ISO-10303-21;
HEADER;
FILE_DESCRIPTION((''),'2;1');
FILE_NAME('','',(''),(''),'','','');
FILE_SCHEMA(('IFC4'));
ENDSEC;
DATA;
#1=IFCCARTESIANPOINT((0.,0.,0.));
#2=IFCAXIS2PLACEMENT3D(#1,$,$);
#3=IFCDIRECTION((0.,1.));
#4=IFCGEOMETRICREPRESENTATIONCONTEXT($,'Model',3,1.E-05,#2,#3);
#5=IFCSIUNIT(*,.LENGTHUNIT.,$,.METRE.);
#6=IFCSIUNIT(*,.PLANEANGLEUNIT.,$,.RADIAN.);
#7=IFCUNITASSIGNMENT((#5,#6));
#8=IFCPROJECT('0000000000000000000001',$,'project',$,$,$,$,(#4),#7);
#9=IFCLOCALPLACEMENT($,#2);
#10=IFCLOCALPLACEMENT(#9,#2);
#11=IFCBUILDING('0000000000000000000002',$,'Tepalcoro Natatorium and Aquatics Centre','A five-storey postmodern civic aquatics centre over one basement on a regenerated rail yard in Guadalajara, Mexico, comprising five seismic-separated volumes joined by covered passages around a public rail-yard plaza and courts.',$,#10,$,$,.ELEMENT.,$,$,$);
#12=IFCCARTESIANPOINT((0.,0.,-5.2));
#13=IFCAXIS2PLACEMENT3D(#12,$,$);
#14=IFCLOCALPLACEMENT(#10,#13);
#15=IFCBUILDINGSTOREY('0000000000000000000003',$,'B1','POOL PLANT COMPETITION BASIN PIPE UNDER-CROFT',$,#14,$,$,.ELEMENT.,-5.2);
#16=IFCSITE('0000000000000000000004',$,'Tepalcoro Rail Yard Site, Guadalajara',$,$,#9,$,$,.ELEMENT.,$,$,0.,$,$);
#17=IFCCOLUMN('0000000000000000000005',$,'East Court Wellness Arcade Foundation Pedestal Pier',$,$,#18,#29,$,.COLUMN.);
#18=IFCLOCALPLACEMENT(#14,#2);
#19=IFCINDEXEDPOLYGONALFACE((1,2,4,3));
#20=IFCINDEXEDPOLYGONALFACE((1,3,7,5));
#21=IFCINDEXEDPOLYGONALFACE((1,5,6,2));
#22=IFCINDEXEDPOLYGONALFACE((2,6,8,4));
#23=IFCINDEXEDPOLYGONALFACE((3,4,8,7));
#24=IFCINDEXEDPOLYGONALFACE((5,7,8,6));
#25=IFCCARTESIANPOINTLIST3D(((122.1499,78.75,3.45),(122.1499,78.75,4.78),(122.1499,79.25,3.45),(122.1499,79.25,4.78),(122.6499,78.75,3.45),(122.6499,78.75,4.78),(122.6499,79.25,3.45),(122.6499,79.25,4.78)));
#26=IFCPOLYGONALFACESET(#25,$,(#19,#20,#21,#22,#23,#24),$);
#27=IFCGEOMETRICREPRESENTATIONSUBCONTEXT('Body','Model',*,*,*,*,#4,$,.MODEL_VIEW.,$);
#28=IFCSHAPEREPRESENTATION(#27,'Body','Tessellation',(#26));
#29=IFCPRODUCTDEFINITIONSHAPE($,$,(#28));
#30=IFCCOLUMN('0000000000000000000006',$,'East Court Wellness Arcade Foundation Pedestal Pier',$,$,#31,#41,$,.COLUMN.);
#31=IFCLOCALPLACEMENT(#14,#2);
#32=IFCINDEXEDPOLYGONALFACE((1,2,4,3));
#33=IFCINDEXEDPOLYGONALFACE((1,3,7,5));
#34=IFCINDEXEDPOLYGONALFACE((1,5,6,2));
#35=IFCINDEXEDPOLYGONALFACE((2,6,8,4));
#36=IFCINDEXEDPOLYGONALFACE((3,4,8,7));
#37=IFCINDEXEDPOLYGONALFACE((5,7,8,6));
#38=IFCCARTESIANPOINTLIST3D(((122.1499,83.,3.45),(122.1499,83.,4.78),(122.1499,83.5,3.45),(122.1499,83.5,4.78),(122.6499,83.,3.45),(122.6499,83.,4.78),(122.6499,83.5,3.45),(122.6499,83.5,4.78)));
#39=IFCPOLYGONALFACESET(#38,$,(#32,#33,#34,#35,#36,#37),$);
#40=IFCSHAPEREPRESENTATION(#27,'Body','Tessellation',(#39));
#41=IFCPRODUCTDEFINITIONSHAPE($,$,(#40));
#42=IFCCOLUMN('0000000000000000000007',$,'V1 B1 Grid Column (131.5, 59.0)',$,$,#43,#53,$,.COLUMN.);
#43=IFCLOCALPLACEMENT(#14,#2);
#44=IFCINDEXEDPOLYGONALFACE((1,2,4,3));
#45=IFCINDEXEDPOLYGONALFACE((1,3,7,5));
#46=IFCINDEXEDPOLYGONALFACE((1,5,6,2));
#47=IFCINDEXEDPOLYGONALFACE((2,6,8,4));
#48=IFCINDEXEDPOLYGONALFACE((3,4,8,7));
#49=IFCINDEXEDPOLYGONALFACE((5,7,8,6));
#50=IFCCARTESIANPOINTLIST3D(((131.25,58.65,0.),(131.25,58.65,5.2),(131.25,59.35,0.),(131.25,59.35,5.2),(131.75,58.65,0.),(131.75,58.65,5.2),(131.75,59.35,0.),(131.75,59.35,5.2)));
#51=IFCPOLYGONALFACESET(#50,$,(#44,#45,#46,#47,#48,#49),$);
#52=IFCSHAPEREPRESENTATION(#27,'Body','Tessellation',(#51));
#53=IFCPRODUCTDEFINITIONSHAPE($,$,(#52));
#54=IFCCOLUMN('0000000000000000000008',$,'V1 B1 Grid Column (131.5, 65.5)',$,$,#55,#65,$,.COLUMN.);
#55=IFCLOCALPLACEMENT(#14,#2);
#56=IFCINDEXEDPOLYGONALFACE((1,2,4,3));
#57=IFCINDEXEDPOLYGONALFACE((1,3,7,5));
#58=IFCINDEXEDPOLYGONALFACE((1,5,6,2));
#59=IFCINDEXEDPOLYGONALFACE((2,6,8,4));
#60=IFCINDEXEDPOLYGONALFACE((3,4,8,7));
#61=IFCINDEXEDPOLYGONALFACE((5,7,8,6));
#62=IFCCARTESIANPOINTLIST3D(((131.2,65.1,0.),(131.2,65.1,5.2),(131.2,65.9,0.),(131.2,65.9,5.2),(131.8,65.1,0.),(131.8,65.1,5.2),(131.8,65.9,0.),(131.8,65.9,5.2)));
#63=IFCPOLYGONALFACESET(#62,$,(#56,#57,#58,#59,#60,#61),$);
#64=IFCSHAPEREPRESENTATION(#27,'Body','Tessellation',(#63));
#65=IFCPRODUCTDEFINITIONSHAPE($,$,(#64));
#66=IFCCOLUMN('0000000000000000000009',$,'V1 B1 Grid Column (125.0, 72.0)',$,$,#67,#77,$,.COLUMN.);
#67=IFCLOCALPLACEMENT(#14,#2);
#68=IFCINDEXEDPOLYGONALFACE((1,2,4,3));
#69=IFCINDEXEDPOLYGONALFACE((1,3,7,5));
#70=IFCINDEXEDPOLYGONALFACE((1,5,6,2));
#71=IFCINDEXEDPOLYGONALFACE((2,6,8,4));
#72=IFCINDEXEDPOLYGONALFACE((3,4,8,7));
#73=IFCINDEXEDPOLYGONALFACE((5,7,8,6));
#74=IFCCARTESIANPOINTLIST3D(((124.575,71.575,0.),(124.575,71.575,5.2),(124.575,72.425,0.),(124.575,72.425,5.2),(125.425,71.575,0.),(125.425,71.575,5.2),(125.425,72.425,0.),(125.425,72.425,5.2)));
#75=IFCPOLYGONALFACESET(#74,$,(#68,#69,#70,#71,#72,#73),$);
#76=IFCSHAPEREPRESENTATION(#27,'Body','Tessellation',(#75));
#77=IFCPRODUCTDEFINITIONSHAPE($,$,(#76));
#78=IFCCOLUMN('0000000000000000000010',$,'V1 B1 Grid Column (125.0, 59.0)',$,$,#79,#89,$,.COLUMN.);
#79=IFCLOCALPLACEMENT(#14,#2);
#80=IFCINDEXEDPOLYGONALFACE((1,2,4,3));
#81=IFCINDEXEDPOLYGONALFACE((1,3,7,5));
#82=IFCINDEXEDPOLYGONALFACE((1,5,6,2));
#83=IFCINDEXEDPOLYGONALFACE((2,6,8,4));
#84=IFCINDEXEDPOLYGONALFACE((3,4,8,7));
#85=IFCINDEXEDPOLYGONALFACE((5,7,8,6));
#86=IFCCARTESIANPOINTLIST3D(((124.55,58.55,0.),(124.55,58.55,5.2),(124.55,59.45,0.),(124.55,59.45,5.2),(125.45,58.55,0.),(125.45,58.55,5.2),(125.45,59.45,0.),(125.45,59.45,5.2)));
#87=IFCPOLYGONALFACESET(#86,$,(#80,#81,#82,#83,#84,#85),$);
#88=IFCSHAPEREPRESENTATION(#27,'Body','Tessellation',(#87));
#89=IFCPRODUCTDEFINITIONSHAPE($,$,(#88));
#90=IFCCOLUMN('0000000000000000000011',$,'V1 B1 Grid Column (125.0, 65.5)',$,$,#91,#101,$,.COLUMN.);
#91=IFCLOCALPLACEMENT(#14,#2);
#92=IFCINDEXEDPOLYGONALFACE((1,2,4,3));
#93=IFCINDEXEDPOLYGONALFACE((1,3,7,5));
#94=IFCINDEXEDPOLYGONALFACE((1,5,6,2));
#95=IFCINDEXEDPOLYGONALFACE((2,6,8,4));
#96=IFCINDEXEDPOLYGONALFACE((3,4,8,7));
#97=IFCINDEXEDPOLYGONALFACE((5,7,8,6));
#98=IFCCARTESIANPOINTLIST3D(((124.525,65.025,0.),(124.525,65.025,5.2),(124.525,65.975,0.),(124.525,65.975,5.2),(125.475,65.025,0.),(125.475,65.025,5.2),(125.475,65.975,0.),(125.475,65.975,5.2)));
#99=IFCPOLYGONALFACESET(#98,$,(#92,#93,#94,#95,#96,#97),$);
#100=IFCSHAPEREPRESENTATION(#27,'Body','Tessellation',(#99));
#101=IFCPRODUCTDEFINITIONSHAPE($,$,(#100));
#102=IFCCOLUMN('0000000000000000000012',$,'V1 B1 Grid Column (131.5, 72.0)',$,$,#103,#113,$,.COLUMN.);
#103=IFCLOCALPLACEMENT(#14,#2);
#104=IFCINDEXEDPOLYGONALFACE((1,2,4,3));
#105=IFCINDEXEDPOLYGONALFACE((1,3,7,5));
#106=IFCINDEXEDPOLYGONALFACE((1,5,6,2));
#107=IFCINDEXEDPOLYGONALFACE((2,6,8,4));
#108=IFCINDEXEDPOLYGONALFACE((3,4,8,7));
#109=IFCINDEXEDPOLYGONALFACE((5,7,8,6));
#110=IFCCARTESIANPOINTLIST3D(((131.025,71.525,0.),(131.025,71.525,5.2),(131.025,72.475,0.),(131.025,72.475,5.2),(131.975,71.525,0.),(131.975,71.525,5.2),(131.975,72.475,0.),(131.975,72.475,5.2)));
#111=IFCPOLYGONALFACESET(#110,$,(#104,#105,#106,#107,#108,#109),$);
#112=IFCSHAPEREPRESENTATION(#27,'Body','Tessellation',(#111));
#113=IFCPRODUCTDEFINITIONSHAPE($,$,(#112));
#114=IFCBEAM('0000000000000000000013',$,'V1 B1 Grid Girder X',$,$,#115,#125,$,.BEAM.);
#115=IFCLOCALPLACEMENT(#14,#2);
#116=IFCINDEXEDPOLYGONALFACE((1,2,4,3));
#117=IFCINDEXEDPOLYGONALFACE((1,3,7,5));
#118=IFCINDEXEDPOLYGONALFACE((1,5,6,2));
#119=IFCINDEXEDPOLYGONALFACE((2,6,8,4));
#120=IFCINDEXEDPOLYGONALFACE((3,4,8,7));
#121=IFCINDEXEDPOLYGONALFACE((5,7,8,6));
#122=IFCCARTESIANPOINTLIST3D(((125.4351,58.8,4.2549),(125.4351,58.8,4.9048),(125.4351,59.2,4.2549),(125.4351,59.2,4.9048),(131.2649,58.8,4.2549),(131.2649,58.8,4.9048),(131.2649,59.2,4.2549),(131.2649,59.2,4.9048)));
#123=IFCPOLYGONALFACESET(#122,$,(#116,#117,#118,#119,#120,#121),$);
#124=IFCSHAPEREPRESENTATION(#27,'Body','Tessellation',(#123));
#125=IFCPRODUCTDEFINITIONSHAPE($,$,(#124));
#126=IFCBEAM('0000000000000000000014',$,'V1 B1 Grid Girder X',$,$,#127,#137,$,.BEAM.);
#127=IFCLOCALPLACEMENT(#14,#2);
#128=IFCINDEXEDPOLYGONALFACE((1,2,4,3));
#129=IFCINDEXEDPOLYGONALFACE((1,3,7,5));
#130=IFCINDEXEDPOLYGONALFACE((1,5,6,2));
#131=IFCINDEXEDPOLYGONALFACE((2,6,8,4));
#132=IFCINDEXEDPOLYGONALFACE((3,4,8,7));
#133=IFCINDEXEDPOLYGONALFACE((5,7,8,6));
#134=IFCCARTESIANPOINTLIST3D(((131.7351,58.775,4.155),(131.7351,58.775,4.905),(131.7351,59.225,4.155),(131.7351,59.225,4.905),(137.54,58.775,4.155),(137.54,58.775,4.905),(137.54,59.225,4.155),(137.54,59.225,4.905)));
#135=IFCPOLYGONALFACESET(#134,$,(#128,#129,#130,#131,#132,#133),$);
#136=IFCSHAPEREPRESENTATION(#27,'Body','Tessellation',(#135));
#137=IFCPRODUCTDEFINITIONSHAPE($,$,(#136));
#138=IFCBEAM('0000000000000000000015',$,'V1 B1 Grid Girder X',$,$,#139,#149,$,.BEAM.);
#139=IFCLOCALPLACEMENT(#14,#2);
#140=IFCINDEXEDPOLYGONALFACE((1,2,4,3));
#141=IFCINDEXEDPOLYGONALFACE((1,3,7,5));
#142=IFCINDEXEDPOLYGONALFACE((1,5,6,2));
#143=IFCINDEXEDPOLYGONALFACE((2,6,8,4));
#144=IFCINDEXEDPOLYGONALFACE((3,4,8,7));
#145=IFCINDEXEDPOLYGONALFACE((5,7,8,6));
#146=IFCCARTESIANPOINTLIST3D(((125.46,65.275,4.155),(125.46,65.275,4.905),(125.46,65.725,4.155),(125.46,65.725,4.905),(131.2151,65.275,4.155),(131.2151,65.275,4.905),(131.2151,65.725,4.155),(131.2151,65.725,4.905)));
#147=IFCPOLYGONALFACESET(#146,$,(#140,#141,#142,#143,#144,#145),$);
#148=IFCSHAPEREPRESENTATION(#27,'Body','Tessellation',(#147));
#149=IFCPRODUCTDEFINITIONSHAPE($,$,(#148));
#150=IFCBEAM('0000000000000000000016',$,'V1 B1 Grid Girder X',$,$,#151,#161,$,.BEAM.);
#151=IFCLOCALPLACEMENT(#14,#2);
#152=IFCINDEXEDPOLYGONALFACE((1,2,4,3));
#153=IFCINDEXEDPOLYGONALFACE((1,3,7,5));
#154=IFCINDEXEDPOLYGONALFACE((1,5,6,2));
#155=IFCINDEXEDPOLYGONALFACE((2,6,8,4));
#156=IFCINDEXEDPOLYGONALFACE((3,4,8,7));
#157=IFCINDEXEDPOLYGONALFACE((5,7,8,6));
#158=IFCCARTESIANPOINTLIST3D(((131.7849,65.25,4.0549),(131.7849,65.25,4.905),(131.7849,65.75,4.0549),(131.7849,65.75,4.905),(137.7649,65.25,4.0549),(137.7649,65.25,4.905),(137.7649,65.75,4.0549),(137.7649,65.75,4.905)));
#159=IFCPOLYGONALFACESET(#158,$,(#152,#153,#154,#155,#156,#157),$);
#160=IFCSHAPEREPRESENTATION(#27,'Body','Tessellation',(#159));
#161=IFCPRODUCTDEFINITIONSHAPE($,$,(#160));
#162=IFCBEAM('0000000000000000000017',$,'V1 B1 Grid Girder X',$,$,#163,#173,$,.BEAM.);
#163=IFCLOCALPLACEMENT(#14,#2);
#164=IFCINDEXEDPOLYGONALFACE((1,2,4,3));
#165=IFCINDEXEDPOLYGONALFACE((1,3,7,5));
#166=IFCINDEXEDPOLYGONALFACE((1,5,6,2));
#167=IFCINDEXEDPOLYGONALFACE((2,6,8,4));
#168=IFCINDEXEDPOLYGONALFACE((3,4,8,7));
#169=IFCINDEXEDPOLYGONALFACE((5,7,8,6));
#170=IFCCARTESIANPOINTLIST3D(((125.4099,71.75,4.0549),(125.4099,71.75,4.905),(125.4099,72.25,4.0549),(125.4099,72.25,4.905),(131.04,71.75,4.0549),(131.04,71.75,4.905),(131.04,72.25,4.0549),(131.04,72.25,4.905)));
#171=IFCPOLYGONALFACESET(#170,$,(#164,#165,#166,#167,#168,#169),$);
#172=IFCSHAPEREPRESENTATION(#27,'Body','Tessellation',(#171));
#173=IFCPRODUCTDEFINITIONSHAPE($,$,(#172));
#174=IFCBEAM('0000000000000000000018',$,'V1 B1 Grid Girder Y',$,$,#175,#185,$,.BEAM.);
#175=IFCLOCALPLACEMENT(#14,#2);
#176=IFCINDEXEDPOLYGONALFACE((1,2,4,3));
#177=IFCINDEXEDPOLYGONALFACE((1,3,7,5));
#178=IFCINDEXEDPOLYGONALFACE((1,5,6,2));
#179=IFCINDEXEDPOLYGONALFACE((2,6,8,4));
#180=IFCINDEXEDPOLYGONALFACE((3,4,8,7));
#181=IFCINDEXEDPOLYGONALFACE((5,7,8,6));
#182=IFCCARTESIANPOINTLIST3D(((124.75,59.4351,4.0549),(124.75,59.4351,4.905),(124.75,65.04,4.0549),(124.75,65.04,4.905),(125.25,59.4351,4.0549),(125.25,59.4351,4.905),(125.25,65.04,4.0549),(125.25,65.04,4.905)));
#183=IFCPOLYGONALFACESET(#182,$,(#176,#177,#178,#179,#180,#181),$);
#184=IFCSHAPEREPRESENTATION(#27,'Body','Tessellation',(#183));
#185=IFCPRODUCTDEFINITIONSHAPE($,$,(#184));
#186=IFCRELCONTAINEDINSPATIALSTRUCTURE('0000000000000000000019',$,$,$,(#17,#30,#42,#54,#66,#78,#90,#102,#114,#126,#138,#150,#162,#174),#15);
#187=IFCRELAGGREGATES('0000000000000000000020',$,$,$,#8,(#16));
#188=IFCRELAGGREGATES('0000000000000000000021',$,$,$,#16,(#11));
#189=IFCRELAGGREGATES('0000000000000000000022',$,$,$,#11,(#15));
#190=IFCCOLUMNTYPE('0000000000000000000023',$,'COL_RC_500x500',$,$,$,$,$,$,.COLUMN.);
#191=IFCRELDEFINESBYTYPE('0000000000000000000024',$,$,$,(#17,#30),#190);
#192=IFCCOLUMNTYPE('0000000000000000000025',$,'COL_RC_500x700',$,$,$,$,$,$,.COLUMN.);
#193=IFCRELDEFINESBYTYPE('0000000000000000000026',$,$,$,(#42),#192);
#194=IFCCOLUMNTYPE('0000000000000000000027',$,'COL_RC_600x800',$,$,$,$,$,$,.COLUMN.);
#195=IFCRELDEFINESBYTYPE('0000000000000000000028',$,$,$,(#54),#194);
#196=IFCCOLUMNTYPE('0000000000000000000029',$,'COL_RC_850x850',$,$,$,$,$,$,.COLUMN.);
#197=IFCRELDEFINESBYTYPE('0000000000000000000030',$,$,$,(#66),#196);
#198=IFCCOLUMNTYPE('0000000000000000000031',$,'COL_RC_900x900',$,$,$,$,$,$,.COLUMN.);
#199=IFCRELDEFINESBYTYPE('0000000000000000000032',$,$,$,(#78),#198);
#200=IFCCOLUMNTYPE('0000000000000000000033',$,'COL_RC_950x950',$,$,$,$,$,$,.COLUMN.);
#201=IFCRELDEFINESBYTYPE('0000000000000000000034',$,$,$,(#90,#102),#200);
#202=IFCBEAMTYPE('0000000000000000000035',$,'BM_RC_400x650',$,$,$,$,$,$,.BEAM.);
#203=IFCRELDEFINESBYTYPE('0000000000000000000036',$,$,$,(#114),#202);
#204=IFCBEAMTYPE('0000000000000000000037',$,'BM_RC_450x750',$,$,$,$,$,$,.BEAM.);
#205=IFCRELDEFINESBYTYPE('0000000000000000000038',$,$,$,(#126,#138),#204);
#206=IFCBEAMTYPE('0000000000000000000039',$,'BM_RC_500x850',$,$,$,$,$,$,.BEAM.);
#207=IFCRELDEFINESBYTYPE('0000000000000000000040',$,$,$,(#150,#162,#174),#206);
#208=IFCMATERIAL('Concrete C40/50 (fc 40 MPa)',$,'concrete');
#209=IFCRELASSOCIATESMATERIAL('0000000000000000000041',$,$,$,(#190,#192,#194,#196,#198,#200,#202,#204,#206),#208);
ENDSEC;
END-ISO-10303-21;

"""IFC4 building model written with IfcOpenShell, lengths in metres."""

from ifc_helpers import new_model, si_unit, direction, frame, origin, origin_2d, place, context, subcontext, project, spatial, rectangle, extrude, material, material_profile, profile_set, type_object, element, save


model = new_model("IFC4")

# Units and contexts
model_context = context("Model", 3, precision=1e-05, world=origin(), true_north=direction((0.0, 1.0)))
body_context = subcontext(model_context, "Body", "Model", "MODEL_VIEW")
ifc_project = project(units=[si_unit("LENGTHUNIT", "METRE"), si_unit("PLANEANGLEUNIT", "RADIAN")], contexts=[model_context])

# Site, building, storey
site_placement = place(None, origin())
site = spatial("IfcSite", under=ifc_project, at=site_placement, Name="Tepalcoro Rail Yard Site, Guadalajara", CompositionType="ELEMENT", RefElevation=0.0)
building_placement = place(site_placement, origin())
building = spatial("IfcBuilding", under=site, at=building_placement, Name="Tepalcoro Natatorium and Aquatics Centre", Description="A five-storey postmodern civic aquatics centre over one basement on a regenerated rail yard in Guadalajara, Mexico, comprising five seismic-separated volumes joined by covered passages around a public rail-yard plaza and courts.", CompositionType="ELEMENT")
storey_placement = place(building_placement, frame((0.0, 0.0, -5.2)))
storey = spatial("IfcBuildingStorey", under=building, at=storey_placement, Name="B1", Description="POOL PLANT COMPETITION BASIN PIPE UNDER-CROFT", CompositionType="ELEMENT", Elevation=-5.2)

# Shared definitions
ifc_material = material(Name="Concrete C40/50 (fc 40 MPa)", Category="concrete")

# Columns
ifc_material_profile_1 = material_profile(ifc_material, rectangle(XDim=0.5, YDim=0.5, at=origin_2d()), Name="RC500x500")
ifc_profile_set_1 = profile_set([ifc_material_profile_1], Name="Concrete C40/50 (fc 40 MPa)")
column_type_1 = type_object("IfcColumnType", Name="COL_RC_500x500", PredefinedType="COLUMN", material=ifc_profile_set_1)
for number, where, z_axis, x_axis, name in (
    (1, (122.3999, 79.0, 3.45), (0.0, 0.0, 1.0), (1.0, 0.0, 0.0), "East Court Wellness Arcade Foundation Pedestal Pier"),
    (2, (122.3999, 83.25, 3.45), (0.0, 0.0, 1.0), (1.0, 0.0, 0.0), "East Court Wellness Arcade Foundation Pedestal Pier"),
):
    element("IfcColumn", number, at=place(storey_placement, frame(where, z_axis=z_axis, x_axis=x_axis)), inside=storey, type_object=column_type_1, Name=name, PredefinedType="COLUMN", context=body_context, shape_type="SweptSolid", body=[
        extrude(rectangle(XDim=0.5, YDim=0.5, at=origin_2d()), origin(), (0.0, 0.0, 1.0), 1.3301),
    ])
ifc_material_profile_2 = material_profile(ifc_material, rectangle(XDim=0.5, YDim=0.7, at=origin_2d()), Name="RC500x700")
ifc_profile_set_2 = profile_set([ifc_material_profile_2], Name="Concrete C40/50 (fc 40 MPa)")
column_type_2 = type_object("IfcColumnType", Name="COL_RC_500x700", PredefinedType="COLUMN", material=ifc_profile_set_2)
column_1_placement = place(storey_placement, frame((131.5, 59.0, 0.0), z_axis=(0.0, 0.0, 1.0), x_axis=(1.0, 0.0, 0.0)))
element("IfcColumn", 3, at=column_1_placement, inside=storey, type_object=column_type_2, Name="V1 B1 Grid Column (131.5, 59.0)", PredefinedType="COLUMN", context=body_context, shape_type="SweptSolid", body=[
    extrude(rectangle(XDim=0.5, YDim=0.7, at=origin_2d()), origin(), (0.0, 0.0, 1.0), 5.2),
])
ifc_material_profile_3 = material_profile(ifc_material, rectangle(XDim=0.6001, YDim=0.8, at=origin_2d()), Name="RC600x800")
ifc_profile_set_3 = profile_set([ifc_material_profile_3], Name="Concrete C40/50 (fc 40 MPa)")
column_type_3 = type_object("IfcColumnType", Name="COL_RC_600x800", PredefinedType="COLUMN", material=ifc_profile_set_3)
column_2_placement = place(storey_placement, frame((131.5, 65.5, 0.0), z_axis=(0.0, 0.0, 1.0), x_axis=(1.0, 0.0, 0.0)))
element("IfcColumn", 4, at=column_2_placement, inside=storey, type_object=column_type_3, Name="V1 B1 Grid Column (131.5, 65.5)", PredefinedType="COLUMN", context=body_context, shape_type="SweptSolid", body=[
    extrude(rectangle(XDim=0.6001, YDim=0.8, at=origin_2d()), origin(), (0.0, 0.0, 1.0), 5.2),
])
ifc_material_profile_4 = material_profile(ifc_material, rectangle(XDim=0.8501, YDim=0.8501, at=origin_2d()), Name="RC850x850")
ifc_profile_set_4 = profile_set([ifc_material_profile_4], Name="Concrete C40/50 (fc 40 MPa)")
column_type_4 = type_object("IfcColumnType", Name="COL_RC_850x850", PredefinedType="COLUMN", material=ifc_profile_set_4)
column_3_placement = place(storey_placement, frame((125.0, 72.0, 0.0), z_axis=(0.0, 0.0, 1.0), x_axis=(1.0, 0.0, 0.0)))
element("IfcColumn", 5, at=column_3_placement, inside=storey, type_object=column_type_4, Name="V1 B1 Grid Column (125.0, 72.0)", PredefinedType="COLUMN", context=body_context, shape_type="SweptSolid", body=[
    extrude(rectangle(XDim=0.8501, YDim=0.8501, at=origin_2d()), origin(), (0.0, 0.0, 1.0), 5.2),
])
ifc_material_profile_5 = material_profile(ifc_material, rectangle(XDim=0.8999, YDim=0.8999, at=origin_2d()), Name="RC900x900")
ifc_profile_set_5 = profile_set([ifc_material_profile_5], Name="Concrete C40/50 (fc 40 MPa)")
column_type_5 = type_object("IfcColumnType", Name="COL_RC_900x900", PredefinedType="COLUMN", material=ifc_profile_set_5)
column_4_placement = place(storey_placement, frame((125.0, 59.0, 0.0), z_axis=(0.0, 0.0, 1.0), x_axis=(1.0, 0.0, 0.0)))
element("IfcColumn", 6, at=column_4_placement, inside=storey, type_object=column_type_5, Name="V1 B1 Grid Column (125.0, 59.0)", PredefinedType="COLUMN", context=body_context, shape_type="SweptSolid", body=[
    extrude(rectangle(XDim=0.8999, YDim=0.8999, at=origin_2d()), origin(), (0.0, 0.0, 1.0), 5.2),
])
ifc_material_profile_6 = material_profile(ifc_material, rectangle(XDim=0.95, YDim=0.95, at=origin_2d()), Name="RC950x950")
ifc_profile_set_6 = profile_set([ifc_material_profile_6], Name="Concrete C40/50 (fc 40 MPa)")
column_type_6 = type_object("IfcColumnType", Name="COL_RC_950x950", PredefinedType="COLUMN", material=ifc_profile_set_6)
for number, where, z_axis, x_axis, name in (
    (7, (125.0, 65.5, 0.0), (0.0, 0.0, 1.0), (1.0, 0.0, 0.0), "V1 B1 Grid Column (125.0, 65.5)"),
    (8, (131.5, 72.0, 0.0), (0.0, 0.0, 1.0), (1.0, 0.0, 0.0), "V1 B1 Grid Column (131.5, 72.0)"),
):
    element("IfcColumn", number, at=place(storey_placement, frame(where, z_axis=z_axis, x_axis=x_axis)), inside=storey, type_object=column_type_6, Name=name, PredefinedType="COLUMN", context=body_context, shape_type="SweptSolid", body=[
        extrude(rectangle(XDim=0.95, YDim=0.95, at=origin_2d()), origin(), (0.0, 0.0, 1.0), 5.2),
    ])

# Beams
ifc_material_profile_7 = material_profile(ifc_material, rectangle(XDim=0.3999, YDim=0.6499, at=origin_2d()), Name="RCB400x650")
ifc_profile_set_7 = profile_set([ifc_material_profile_7], Name="Concrete C40/50 (fc 40 MPa)")
beam_type_1 = type_object("IfcBeamType", Name="BM_RC_400x650", PredefinedType="BEAM", material=ifc_profile_set_7)
beam_1_placement = place(storey_placement, frame((125.4351, 59.0, 4.5798), z_axis=(1.0, 0.0, 0.0), x_axis=(0.0, 1.0, 0.0)))
element("IfcBeam", 9, at=beam_1_placement, inside=storey, type_object=beam_type_1, Name="V1 B1 Grid Girder X", PredefinedType="BEAM", context=body_context, shape_type="SweptSolid", body=[
    extrude(rectangle(XDim=0.3999, YDim=0.6499, at=origin_2d()), origin(), (0.0, 0.0, 1.0), 5.8298),
])
ifc_material_profile_8 = material_profile(ifc_material, rectangle(XDim=0.45, YDim=0.75, at=origin_2d()), Name="RCB450x750")
ifc_profile_set_8 = profile_set([ifc_material_profile_8], Name="Concrete C40/50 (fc 40 MPa)")
beam_type_2 = type_object("IfcBeamType", Name="BM_RC_450x750", PredefinedType="BEAM", material=ifc_profile_set_8)
beam_2_placement = place(storey_placement, frame((131.7351, 59.0, 4.53), z_axis=(1.0, 0.0, 0.0), x_axis=(0.0, 1.0, 0.0)))
element("IfcBeam", 10, at=beam_2_placement, inside=storey, type_object=beam_type_2, Name="V1 B1 Grid Girder X", PredefinedType="BEAM", context=body_context, shape_type="SweptSolid", body=[
    extrude(rectangle(XDim=0.45, YDim=0.75, at=origin_2d()), origin(), (0.0, 0.0, 1.0), 5.8049),
])
beam_3_placement = place(storey_placement, frame((125.46, 65.5, 4.53), z_axis=(1.0, 0.0, 0.0), x_axis=(0.0, 1.0, 0.0)))
element("IfcBeam", 11, at=beam_3_placement, inside=storey, type_object=beam_type_2, Name="V1 B1 Grid Girder X", PredefinedType="BEAM", context=body_context, shape_type="SweptSolid", body=[
    extrude(rectangle(XDim=0.45, YDim=0.75, at=origin_2d()), origin(), (0.0, 0.0, 1.0), 5.7551),
])
ifc_material_profile_9 = material_profile(ifc_material, rectangle(XDim=0.5, YDim=0.8501, at=origin_2d()), Name="RCB500x850")
ifc_profile_set_9 = profile_set([ifc_material_profile_9], Name="Concrete C40/50 (fc 40 MPa)")
beam_type_3 = type_object("IfcBeamType", Name="BM_RC_500x850", PredefinedType="BEAM", material=ifc_profile_set_9)
beam_4_placement = place(storey_placement, frame((131.7849, 65.5, 4.48), z_axis=(1.0, 0.0, 0.0), x_axis=(0.0, 1.0, 0.0)))
element("IfcBeam", 12, at=beam_4_placement, inside=storey, type_object=beam_type_3, Name="V1 B1 Grid Girder X", PredefinedType="BEAM", context=body_context, shape_type="SweptSolid", body=[
    extrude(rectangle(XDim=0.5, YDim=0.8501, at=origin_2d()), origin(), (0.0, 0.0, 1.0), 5.98),
])
beam_5_placement = place(storey_placement, frame((125.4099, 72.0, 4.48), z_axis=(1.0, 0.0, 0.0), x_axis=(0.0, 1.0, 0.0)))
element("IfcBeam", 13, at=beam_5_placement, inside=storey, type_object=beam_type_3, Name="V1 B1 Grid Girder X", PredefinedType="BEAM", context=body_context, shape_type="SweptSolid", body=[
    extrude(rectangle(XDim=0.5, YDim=0.8501, at=origin_2d()), origin(), (0.0, 0.0, 1.0), 5.6301),
])
beam_6_placement = place(storey_placement, frame((125.0, 59.4351, 4.48), z_axis=(0.0, 1.0, 0.0), x_axis=(-1.0, 0.0, 0.0)))
element("IfcBeam", 14, at=beam_6_placement, inside=storey, type_object=beam_type_3, Name="V1 B1 Grid Girder Y", PredefinedType="BEAM", context=body_context, shape_type="SweptSolid", body=[
    extrude(rectangle(XDim=0.5, YDim=0.8501, at=origin_2d()), origin(), (0.0, 0.0, 1.0), 5.605),
])

save(model, "model.ifc")
